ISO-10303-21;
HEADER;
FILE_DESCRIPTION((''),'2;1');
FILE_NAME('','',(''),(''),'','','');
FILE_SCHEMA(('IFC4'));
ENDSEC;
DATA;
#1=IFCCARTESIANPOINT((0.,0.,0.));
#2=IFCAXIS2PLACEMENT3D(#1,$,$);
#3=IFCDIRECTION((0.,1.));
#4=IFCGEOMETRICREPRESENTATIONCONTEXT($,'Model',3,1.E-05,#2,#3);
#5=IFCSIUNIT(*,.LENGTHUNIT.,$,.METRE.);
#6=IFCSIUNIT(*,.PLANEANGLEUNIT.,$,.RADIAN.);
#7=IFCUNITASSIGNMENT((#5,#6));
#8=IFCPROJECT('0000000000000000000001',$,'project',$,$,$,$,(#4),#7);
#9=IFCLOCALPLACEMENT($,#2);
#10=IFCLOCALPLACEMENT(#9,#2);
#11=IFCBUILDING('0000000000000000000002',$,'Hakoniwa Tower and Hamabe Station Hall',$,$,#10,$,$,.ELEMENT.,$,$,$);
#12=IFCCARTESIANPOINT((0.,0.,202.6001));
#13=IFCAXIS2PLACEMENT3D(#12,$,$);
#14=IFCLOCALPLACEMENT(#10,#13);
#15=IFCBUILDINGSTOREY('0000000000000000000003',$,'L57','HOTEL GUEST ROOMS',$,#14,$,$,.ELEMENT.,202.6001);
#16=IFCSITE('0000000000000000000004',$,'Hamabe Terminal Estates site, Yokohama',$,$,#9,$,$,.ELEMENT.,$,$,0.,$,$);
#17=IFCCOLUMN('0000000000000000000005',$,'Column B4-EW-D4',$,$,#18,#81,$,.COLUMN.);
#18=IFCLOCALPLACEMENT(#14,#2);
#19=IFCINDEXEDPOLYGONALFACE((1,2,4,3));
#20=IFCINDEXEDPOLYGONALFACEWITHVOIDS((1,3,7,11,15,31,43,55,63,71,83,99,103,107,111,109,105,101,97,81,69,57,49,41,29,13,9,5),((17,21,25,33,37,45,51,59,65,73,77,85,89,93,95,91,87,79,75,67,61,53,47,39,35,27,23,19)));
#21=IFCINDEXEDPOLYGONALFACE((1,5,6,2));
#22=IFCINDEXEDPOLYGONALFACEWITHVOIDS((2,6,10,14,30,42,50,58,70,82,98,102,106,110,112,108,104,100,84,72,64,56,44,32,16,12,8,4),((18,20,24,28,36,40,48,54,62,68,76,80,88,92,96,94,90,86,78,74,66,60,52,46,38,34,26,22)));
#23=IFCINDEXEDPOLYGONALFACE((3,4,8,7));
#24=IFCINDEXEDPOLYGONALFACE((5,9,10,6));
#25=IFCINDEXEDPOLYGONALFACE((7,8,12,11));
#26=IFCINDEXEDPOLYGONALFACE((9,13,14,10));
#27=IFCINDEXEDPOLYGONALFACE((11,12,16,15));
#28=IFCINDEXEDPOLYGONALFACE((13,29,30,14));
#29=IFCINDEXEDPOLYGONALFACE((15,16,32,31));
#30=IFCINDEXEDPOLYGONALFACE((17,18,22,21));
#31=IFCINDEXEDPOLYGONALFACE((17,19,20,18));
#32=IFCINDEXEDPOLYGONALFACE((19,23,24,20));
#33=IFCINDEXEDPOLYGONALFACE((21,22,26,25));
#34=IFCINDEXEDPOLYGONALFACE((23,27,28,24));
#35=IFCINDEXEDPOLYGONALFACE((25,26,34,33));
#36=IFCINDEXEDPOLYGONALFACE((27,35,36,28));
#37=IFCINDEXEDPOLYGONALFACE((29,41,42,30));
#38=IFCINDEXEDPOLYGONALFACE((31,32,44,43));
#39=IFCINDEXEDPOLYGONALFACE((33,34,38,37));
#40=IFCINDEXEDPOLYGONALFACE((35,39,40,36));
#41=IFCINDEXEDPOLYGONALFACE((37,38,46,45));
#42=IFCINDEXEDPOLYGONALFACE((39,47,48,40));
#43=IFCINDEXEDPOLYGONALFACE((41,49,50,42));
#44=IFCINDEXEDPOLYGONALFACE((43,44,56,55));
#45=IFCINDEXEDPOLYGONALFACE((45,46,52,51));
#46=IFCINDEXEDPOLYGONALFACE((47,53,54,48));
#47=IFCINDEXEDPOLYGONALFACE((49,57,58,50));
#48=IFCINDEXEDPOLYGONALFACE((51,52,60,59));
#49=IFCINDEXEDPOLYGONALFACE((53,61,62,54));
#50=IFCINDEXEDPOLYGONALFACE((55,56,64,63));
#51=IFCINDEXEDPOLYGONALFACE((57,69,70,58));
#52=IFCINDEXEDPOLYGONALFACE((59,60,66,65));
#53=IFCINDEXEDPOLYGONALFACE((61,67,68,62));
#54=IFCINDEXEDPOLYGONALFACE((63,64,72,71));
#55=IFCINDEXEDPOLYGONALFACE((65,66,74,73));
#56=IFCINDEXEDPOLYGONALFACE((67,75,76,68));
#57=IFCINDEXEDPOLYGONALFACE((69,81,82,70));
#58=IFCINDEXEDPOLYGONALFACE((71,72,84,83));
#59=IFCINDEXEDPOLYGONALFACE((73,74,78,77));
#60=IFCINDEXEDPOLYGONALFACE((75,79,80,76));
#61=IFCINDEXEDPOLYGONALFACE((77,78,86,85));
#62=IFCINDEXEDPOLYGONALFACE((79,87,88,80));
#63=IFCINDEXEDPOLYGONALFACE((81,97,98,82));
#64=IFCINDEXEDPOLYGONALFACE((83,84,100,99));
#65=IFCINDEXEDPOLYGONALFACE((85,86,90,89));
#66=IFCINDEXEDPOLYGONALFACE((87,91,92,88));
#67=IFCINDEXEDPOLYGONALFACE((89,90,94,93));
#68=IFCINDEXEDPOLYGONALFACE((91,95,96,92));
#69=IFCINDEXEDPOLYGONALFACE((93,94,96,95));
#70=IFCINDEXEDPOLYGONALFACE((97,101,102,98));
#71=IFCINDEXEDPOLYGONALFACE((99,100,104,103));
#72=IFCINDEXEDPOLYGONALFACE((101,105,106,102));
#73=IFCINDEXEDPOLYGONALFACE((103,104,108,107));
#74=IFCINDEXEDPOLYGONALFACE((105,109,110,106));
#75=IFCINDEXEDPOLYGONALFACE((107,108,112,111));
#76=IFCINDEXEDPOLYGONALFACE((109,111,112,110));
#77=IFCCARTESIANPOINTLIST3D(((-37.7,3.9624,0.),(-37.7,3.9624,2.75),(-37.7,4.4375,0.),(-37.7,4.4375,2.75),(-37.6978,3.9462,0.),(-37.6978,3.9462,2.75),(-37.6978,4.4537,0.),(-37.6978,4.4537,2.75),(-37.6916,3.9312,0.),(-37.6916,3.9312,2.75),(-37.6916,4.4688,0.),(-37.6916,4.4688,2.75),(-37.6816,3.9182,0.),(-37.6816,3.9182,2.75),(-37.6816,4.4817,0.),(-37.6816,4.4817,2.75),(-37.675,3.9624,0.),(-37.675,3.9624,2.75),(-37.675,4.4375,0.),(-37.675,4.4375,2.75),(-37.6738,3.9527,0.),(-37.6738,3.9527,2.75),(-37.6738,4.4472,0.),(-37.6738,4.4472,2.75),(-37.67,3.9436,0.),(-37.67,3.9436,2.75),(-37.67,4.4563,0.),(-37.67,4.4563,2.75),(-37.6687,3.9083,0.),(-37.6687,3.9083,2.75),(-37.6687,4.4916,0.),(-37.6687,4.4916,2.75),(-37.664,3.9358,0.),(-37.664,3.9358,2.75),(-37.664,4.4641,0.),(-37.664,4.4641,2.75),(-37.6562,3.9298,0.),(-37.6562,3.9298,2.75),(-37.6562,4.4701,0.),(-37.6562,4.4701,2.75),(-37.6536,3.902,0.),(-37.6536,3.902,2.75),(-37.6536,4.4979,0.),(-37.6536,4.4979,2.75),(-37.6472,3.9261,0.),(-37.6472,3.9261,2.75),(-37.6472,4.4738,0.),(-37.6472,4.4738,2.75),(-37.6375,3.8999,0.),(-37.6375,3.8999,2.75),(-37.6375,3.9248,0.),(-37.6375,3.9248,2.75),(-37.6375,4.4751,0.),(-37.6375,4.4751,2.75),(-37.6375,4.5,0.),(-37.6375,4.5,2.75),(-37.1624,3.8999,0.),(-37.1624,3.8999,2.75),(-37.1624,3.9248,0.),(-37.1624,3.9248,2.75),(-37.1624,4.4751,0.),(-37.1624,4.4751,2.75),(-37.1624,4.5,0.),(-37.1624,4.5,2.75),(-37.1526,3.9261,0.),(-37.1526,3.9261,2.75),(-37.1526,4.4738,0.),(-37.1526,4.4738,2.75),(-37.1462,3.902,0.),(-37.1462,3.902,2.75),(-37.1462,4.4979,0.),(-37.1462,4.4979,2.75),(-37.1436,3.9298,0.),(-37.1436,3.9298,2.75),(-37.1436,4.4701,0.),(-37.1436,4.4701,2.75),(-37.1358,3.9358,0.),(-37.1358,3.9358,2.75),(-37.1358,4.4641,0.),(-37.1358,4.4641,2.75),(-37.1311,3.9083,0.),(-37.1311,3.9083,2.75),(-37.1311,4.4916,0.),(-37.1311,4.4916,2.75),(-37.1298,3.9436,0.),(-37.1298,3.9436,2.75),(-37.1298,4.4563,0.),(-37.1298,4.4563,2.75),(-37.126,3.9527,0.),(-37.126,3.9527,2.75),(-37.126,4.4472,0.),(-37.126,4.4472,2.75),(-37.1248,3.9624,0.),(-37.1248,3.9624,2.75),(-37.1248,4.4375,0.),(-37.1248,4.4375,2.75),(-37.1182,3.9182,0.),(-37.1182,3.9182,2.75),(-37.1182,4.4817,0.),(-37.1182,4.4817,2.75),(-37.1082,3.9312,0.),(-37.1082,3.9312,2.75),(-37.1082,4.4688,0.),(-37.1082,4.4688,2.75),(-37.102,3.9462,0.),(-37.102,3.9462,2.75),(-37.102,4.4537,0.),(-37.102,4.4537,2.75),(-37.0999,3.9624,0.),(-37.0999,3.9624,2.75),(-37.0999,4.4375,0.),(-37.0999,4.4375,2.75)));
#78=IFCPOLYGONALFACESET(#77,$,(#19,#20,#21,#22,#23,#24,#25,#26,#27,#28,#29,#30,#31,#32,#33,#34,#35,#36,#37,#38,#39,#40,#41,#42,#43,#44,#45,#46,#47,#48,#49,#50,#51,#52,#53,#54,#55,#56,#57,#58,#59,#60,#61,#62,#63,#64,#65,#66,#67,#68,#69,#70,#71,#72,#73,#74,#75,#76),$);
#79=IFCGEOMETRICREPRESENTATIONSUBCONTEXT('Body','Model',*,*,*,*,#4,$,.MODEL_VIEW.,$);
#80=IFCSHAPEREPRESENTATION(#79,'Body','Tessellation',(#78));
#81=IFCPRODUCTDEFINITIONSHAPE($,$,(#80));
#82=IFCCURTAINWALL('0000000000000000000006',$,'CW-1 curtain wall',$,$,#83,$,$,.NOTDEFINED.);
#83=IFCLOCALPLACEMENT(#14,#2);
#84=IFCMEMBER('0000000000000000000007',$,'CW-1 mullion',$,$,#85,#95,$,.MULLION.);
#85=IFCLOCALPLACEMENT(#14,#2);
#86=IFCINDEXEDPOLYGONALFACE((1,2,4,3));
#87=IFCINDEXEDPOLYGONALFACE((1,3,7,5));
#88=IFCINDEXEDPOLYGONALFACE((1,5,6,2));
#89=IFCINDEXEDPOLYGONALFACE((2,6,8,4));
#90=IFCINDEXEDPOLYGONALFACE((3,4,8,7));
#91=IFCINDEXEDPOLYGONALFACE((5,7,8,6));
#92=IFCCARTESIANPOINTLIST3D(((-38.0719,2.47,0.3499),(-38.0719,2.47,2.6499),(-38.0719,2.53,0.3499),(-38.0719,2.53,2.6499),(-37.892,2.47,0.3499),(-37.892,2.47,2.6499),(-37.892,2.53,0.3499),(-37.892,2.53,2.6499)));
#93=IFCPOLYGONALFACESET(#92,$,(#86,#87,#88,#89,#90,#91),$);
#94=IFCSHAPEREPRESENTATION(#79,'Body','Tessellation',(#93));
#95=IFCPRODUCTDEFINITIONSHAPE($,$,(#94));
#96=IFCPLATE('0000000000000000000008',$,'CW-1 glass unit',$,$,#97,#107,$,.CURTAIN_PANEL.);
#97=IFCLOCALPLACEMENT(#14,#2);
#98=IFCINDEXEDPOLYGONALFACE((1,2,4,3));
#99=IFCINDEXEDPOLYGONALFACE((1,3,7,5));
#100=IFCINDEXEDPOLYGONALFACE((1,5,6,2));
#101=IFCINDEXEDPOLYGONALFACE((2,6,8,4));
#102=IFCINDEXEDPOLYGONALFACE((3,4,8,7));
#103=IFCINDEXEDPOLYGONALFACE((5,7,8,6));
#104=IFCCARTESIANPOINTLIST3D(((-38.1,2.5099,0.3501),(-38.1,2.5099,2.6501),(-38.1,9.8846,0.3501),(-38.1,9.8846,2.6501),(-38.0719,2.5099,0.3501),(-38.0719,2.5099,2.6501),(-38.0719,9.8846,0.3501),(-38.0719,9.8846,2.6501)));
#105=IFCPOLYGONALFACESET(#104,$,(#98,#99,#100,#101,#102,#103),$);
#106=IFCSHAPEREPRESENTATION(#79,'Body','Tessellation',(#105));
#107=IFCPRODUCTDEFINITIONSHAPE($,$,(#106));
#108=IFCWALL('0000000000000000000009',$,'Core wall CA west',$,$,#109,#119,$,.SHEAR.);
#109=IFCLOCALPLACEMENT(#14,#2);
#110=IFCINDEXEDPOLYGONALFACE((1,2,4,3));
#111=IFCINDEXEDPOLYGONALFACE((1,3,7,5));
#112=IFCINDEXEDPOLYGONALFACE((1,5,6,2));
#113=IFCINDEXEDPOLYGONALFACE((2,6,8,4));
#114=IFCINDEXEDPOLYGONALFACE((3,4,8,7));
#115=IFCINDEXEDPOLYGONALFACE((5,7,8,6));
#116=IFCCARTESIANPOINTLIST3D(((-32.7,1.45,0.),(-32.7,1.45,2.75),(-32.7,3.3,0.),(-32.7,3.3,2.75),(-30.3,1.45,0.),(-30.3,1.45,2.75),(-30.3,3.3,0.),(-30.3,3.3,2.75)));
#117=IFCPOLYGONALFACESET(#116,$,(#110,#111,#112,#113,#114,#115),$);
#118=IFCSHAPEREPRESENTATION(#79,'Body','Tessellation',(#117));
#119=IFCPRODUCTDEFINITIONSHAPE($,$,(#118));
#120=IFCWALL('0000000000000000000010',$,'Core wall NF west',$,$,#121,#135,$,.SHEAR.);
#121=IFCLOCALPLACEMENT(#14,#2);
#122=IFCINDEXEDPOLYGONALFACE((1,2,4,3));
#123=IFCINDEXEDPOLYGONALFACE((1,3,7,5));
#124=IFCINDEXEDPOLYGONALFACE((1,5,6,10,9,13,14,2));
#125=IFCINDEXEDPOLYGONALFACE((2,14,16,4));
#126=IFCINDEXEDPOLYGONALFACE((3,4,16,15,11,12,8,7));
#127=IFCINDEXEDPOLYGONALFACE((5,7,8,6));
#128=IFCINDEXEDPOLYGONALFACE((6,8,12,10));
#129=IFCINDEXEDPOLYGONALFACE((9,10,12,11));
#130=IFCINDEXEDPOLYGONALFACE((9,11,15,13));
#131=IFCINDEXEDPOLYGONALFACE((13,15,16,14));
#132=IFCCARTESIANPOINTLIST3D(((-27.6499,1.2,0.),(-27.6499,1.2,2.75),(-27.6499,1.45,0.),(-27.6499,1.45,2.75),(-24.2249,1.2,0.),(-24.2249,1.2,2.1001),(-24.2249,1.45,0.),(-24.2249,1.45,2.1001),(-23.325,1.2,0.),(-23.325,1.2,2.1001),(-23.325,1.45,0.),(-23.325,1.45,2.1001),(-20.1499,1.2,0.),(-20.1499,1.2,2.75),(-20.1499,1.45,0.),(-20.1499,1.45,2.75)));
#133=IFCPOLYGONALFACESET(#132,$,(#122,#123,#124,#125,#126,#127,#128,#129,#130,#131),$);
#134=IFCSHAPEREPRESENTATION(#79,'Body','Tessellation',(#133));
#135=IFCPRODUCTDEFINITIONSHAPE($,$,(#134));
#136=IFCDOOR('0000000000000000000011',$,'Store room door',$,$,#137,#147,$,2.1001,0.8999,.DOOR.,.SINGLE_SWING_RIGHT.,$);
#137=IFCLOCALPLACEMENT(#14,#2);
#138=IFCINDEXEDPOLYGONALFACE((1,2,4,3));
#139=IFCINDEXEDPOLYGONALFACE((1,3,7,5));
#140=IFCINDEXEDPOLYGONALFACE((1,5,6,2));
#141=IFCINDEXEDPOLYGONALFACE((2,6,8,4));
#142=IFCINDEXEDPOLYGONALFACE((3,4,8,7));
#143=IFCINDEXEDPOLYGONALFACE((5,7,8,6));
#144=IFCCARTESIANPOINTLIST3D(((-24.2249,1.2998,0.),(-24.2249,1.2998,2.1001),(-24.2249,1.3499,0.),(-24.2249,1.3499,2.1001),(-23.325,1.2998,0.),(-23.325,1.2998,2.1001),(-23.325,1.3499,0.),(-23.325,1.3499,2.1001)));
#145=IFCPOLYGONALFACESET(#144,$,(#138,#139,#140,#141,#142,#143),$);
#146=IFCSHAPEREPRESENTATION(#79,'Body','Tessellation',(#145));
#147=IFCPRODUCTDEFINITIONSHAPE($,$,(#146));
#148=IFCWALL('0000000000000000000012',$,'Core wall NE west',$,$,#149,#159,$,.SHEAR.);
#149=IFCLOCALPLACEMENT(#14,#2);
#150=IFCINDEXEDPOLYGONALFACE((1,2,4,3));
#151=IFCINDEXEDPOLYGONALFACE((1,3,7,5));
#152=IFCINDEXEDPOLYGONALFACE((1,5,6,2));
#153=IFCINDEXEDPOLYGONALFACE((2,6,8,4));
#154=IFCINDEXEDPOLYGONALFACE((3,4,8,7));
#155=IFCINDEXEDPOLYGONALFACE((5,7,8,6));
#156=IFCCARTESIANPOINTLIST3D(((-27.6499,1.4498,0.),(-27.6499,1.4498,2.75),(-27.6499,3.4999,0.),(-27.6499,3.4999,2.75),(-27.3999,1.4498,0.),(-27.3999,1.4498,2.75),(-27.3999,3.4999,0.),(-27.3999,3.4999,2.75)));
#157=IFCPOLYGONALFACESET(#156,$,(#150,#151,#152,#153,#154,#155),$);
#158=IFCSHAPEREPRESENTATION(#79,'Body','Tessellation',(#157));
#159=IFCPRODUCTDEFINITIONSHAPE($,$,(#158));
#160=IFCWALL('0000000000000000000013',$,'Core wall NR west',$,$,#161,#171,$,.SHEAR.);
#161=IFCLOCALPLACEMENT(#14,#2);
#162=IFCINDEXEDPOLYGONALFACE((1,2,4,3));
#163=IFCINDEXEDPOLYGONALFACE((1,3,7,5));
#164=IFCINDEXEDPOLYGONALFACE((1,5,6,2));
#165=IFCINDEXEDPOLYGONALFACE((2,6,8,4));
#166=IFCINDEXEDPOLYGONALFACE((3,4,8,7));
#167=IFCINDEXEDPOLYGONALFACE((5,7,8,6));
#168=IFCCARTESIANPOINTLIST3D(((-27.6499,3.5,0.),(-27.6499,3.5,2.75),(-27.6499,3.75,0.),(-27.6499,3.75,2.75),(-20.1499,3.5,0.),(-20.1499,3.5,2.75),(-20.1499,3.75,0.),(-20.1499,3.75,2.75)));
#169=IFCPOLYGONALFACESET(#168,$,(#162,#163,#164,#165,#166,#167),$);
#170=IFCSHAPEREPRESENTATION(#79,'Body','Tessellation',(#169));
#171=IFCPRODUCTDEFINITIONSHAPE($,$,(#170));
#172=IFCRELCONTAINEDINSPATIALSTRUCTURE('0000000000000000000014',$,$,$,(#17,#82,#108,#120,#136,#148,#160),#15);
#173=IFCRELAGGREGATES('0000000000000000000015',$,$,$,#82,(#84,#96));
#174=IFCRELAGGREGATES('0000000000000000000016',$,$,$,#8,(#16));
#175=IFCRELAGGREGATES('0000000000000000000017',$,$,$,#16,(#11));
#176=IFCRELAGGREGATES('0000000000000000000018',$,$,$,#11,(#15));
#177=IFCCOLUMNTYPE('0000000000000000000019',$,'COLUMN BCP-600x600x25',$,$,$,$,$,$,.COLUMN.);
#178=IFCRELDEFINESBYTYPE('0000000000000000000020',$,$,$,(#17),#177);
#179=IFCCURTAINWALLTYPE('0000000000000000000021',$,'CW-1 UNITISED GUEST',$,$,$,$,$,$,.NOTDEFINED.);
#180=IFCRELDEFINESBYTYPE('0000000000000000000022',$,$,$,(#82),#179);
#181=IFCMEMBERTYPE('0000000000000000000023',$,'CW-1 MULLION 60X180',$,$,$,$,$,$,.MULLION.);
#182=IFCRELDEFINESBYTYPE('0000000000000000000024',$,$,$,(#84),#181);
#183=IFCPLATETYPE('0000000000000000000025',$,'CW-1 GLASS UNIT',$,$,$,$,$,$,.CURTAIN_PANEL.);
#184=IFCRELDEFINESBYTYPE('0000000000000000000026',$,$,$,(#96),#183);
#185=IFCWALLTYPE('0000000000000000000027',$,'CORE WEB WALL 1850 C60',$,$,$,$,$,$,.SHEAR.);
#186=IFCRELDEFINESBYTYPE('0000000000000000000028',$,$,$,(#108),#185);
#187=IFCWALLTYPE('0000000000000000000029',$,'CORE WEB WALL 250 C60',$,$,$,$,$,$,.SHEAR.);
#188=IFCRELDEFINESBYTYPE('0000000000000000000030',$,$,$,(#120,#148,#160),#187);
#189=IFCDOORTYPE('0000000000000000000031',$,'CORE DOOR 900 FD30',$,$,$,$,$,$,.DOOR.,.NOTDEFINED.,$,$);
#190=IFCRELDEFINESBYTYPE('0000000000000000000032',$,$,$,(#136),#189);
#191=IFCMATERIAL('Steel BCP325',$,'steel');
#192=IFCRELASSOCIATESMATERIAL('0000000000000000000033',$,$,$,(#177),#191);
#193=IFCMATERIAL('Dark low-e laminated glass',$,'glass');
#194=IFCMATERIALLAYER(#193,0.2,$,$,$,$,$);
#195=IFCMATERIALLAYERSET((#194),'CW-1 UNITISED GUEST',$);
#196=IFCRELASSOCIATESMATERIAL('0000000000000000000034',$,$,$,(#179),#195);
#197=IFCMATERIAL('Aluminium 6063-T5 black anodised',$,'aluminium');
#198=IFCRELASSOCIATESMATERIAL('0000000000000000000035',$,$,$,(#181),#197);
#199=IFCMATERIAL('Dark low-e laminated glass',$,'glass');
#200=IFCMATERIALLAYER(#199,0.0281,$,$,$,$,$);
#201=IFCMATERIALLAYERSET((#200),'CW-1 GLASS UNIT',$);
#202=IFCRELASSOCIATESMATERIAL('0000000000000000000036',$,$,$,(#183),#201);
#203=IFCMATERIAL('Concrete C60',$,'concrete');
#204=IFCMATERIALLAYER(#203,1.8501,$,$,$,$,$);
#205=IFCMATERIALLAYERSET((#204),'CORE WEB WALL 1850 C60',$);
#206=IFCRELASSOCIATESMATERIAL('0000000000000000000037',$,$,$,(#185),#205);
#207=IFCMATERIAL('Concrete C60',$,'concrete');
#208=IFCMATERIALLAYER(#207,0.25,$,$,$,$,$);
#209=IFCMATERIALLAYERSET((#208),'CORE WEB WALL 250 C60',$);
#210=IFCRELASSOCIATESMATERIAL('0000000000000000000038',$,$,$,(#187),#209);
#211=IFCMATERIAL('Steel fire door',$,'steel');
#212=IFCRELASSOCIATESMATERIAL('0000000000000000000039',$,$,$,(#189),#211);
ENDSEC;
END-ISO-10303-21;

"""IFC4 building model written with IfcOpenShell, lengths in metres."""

from ifc_helpers import new_model, si_unit, direction, frame, frame_2d, origin, origin_2d, place, context, subcontext, project, spatial, rectangle, hollow_rectangle, extrude, material, layer, layer_set, material_profile, profile_set, type_object, element, fill, aggregate, save


model = new_model("IFC4")

# Units and contexts
model_context = context("Model", 3, precision=1e-05, world=origin(), true_north=direction((0.0, 1.0)))
body_context = subcontext(model_context, "Body", "Model", "MODEL_VIEW")
ifc_project = project(units=[si_unit("LENGTHUNIT", "METRE"), si_unit("PLANEANGLEUNIT", "RADIAN")], contexts=[model_context])

# Site, building, storey
site_placement = place(None, origin())
site = spatial("IfcSite", under=ifc_project, at=site_placement, Name="Hamabe Terminal Estates site, Yokohama", CompositionType="ELEMENT", RefElevation=0.0)
building_placement = place(site_placement, origin())
building = spatial("IfcBuilding", under=site, at=building_placement, Name="Hakoniwa Tower and Hamabe Station Hall", CompositionType="ELEMENT")
storey_placement = place(building_placement, frame((0.0, 0.0, 202.6001)))
storey = spatial("IfcBuildingStorey", under=building, at=storey_placement, Name="L57", Description="HOTEL GUEST ROOMS", CompositionType="ELEMENT", Elevation=202.6001)

# Column
ifc_material_1 = material(Name="Steel BCP325", Category="steel")
ifc_material_profile_1 = material_profile(ifc_material_1, hollow_rectangle(XDim=0.6001, YDim=0.6001, WallThickness=0.0249, InnerFilletRadius=0.0376, OuterFilletRadius=0.0625, at=origin_2d()), Name="BCP-600x600x25")
ifc_profile_set_1 = profile_set([ifc_material_profile_1], Name="Steel BCP325")
column_type = type_object("IfcColumnType", Name="COLUMN BCP-600x600x25", PredefinedType="COLUMN", material=ifc_profile_set_1)
column_placement = place(storey_placement, frame((-37.3999, 4.2, 0.0), z_axis=(0.0, 0.0, 1.0), x_axis=(1.0, 0.0, 0.0)))
element("IfcColumn", 1, at=column_placement, inside=storey, type_object=column_type, Name="Column B4-EW-D4", PredefinedType="COLUMN", context=body_context, shape_type="SweptSolid", body=[
    extrude(hollow_rectangle(XDim=0.6001, YDim=0.6001, WallThickness=0.0249, InnerFilletRadius=0.0376, OuterFilletRadius=0.0625, at=origin_2d()), origin(), (0.0, 0.0, 1.0), 2.75),
])

# Curtain wall, member, plate
ifc_material_2 = material(Name="Dark low-e laminated glass", Category="glass")
ifc_layer_1 = layer(ifc_material_2, 0.2)
ifc_layer_set_1 = layer_set([ifc_layer_1], Name="CW-1 UNITISED GUEST")
curtain_wall_type = type_object("IfcCurtainWallType", Name="CW-1 UNITISED GUEST", PredefinedType="NOTDEFINED", material=ifc_layer_set_1)
curtain_wall_placement = place(storey_placement, origin())
curtain_wall = element("IfcCurtainWall", 2, at=curtain_wall_placement, inside=storey, type_object=curtain_wall_type, Name="CW-1 curtain wall", PredefinedType="NOTDEFINED")
ifc_material_3 = material(Name="Aluminium 6063-T5 black anodised", Category="aluminium")
ifc_material_profile_2 = material_profile(ifc_material_3, rectangle(XDim=0.0601, YDim=0.1799, at=origin_2d()), Name="CW-1 MULLION 60X180")
ifc_profile_set_2 = profile_set([ifc_material_profile_2], Name="Aluminium 6063-T5 black anodised")
member_type = type_object("IfcMemberType", Name="CW-1 MULLION 60X180", PredefinedType="MULLION", material=ifc_profile_set_2)
member_placement = place(storey_placement, frame((-37.9819, 2.5, 0.3499), z_axis=(0.0, 0.0, 1.0), x_axis=(0.0, -1.0, 0.0)))
member = element("IfcMember", 3, at=member_placement, type_object=member_type, Name="CW-1 mullion", PredefinedType="MULLION", context=body_context, shape_type="SweptSolid", body=[
    extrude(rectangle(XDim=0.0601, YDim=0.1799, at=origin_2d()), origin(), (0.0, 0.0, 1.0), 2.3),
])
ifc_material_4 = material(Name="Dark low-e laminated glass", Category="glass")
ifc_layer_2 = layer(ifc_material_4, 0.0281)
ifc_layer_set_2 = layer_set([ifc_layer_2], Name="CW-1 GLASS UNIT")
plate_type = type_object("IfcPlateType", Name="CW-1 GLASS UNIT", PredefinedType="CURTAIN_PANEL", material=ifc_layer_set_2)
plate_placement = place(storey_placement, frame((-38.0859, 6.1973, 0.3501), z_axis=(0.0, 0.0, 1.0), x_axis=(0.0, -1.0, 0.0)))
plate = element("IfcPlate", 4, at=plate_placement, type_object=plate_type, Name="CW-1 glass unit", PredefinedType="CURTAIN_PANEL", context=body_context, shape_type="SweptSolid", body=[
    extrude(rectangle(XDim=7.3748, YDim=0.0281, at=origin_2d()), origin(), (0.0, 0.0, 1.0), 2.3),
])
aggregate(curtain_wall, [member, plate])

# Wall
ifc_material_5 = material(Name="Concrete C60", Category="concrete")
ifc_layer_3 = layer(ifc_material_5, 1.8501)
ifc_layer_set_3 = layer_set([ifc_layer_3], Name="CORE WEB WALL 1850 C60")
wall_type_1 = type_object("IfcWallType", Name="CORE WEB WALL 1850 C60", PredefinedType="SHEAR", material=ifc_layer_set_3)
wall_1_placement = place(storey_placement, frame((-32.7, 2.375, 0.0), z_axis=(0.0, 0.0, 1.0), x_axis=(1.0, 0.0, 0.0)))
element("IfcWall", 5, at=wall_1_placement, inside=storey, type_object=wall_type_1, Name="Core wall CA west", PredefinedType="SHEAR", context=body_context, shape_type="SweptSolid", body=[
    extrude(rectangle(XDim=2.3999, YDim=1.8501, at=frame_2d((1.2, 0.0))), origin(), (0.0, 0.0, 1.0), 2.75),
])

# Wall, opening, door
ifc_material_6 = material(Name="Concrete C60", Category="concrete")
ifc_layer_4 = layer(ifc_material_6, 0.25)
ifc_layer_set_4 = layer_set([ifc_layer_4], Name="CORE WEB WALL 250 C60")
wall_type_2 = type_object("IfcWallType", Name="CORE WEB WALL 250 C60", PredefinedType="SHEAR", material=ifc_layer_set_4)
wall_2_placement = place(storey_placement, frame((-27.6499, 1.325, 0.0), z_axis=(0.0, 0.0, 1.0), x_axis=(1.0, 0.0, 0.0)))
wall_2 = element("IfcWall", 6, at=wall_2_placement, inside=storey, type_object=wall_type_2, Name="Core wall NF west", PredefinedType="SHEAR", context=body_context, shape_type="SweptSolid", body=[
    extrude(rectangle(XDim=7.5, YDim=0.25, at=frame_2d((3.75, 0.0))), origin(), (0.0, 0.0, 1.0), 2.75),
])
opening_1_placement = place(wall_2_placement, frame((3.425, 0.0, 0.0)))
opening_1 = element("IfcOpeningElement", 7, at=opening_1_placement, cuts=wall_2, PredefinedType="OPENING", context=body_context, shape_type="SweptSolid", body=[
    extrude(rectangle(XDim=0.8999, YDim=2.1001, at=frame_2d((0.45, 1.05))), frame((0.0, 0.135, 0.0), z_axis=(0.0, -1.0, 0.0), x_axis=(1.0, 0.0, 0.0)), (0.0, 0.0, 1.0), 0.27),
])
ifc_material_7 = material(Name="Steel fire door", Category="steel")
door_type_1 = type_object("IfcDoorType", Name="CORE DOOR 900 FD30", OperationType="NOTDEFINED", PredefinedType="DOOR", material=ifc_material_7)
door_1_placement = place(opening_1_placement, origin())
door_1 = element("IfcDoor", 8, at=door_1_placement, inside=storey, type_object=door_type_1, Name="Store room door", OperationType="SINGLE_SWING_RIGHT", OverallHeight=2.1001, OverallWidth=0.8999, PredefinedType="DOOR", context=body_context, shape_type="SweptSolid", body=[
    extrude(rectangle(XDim=0.8999, YDim=2.1001, at=frame_2d((0.45, 1.05))), frame((0.0, 0.0249, 0.0), z_axis=(0.0, -1.0, 0.0), x_axis=(1.0, 0.0, 0.0)), (0.0, 0.0, 1.0), 0.05),
])
fill(opening_1, door_1)

# Walls
wall_3_placement = place(storey_placement, frame((-27.5249, 1.45, 0.0), z_axis=(0.0, 0.0, 1.0), x_axis=(0.0, 1.0, 0.0)))
element("IfcWall", 9, at=wall_3_placement, inside=storey, type_object=wall_type_2, Name="Core wall NE west", PredefinedType="SHEAR", context=body_context, shape_type="SweptSolid", body=[
    extrude(rectangle(XDim=2.05, YDim=0.25, at=frame_2d((1.0249, 0.0))), origin(), (0.0, 0.0, 1.0), 2.75),
])
wall_4_placement = place(storey_placement, frame((-27.6499, 3.625, 0.0), z_axis=(0.0, 0.0, 1.0), x_axis=(1.0, 0.0, 0.0)))
element("IfcWall", 10, at=wall_4_placement, inside=storey, type_object=wall_type_2, Name="Core wall NR west", PredefinedType="SHEAR", context=body_context, shape_type="SweptSolid", body=[
    extrude(rectangle(XDim=7.5, YDim=0.25, at=frame_2d((3.75, 0.0))), origin(), (0.0, 0.0, 1.0), 2.75),
])

save(model, "model.ifc")
